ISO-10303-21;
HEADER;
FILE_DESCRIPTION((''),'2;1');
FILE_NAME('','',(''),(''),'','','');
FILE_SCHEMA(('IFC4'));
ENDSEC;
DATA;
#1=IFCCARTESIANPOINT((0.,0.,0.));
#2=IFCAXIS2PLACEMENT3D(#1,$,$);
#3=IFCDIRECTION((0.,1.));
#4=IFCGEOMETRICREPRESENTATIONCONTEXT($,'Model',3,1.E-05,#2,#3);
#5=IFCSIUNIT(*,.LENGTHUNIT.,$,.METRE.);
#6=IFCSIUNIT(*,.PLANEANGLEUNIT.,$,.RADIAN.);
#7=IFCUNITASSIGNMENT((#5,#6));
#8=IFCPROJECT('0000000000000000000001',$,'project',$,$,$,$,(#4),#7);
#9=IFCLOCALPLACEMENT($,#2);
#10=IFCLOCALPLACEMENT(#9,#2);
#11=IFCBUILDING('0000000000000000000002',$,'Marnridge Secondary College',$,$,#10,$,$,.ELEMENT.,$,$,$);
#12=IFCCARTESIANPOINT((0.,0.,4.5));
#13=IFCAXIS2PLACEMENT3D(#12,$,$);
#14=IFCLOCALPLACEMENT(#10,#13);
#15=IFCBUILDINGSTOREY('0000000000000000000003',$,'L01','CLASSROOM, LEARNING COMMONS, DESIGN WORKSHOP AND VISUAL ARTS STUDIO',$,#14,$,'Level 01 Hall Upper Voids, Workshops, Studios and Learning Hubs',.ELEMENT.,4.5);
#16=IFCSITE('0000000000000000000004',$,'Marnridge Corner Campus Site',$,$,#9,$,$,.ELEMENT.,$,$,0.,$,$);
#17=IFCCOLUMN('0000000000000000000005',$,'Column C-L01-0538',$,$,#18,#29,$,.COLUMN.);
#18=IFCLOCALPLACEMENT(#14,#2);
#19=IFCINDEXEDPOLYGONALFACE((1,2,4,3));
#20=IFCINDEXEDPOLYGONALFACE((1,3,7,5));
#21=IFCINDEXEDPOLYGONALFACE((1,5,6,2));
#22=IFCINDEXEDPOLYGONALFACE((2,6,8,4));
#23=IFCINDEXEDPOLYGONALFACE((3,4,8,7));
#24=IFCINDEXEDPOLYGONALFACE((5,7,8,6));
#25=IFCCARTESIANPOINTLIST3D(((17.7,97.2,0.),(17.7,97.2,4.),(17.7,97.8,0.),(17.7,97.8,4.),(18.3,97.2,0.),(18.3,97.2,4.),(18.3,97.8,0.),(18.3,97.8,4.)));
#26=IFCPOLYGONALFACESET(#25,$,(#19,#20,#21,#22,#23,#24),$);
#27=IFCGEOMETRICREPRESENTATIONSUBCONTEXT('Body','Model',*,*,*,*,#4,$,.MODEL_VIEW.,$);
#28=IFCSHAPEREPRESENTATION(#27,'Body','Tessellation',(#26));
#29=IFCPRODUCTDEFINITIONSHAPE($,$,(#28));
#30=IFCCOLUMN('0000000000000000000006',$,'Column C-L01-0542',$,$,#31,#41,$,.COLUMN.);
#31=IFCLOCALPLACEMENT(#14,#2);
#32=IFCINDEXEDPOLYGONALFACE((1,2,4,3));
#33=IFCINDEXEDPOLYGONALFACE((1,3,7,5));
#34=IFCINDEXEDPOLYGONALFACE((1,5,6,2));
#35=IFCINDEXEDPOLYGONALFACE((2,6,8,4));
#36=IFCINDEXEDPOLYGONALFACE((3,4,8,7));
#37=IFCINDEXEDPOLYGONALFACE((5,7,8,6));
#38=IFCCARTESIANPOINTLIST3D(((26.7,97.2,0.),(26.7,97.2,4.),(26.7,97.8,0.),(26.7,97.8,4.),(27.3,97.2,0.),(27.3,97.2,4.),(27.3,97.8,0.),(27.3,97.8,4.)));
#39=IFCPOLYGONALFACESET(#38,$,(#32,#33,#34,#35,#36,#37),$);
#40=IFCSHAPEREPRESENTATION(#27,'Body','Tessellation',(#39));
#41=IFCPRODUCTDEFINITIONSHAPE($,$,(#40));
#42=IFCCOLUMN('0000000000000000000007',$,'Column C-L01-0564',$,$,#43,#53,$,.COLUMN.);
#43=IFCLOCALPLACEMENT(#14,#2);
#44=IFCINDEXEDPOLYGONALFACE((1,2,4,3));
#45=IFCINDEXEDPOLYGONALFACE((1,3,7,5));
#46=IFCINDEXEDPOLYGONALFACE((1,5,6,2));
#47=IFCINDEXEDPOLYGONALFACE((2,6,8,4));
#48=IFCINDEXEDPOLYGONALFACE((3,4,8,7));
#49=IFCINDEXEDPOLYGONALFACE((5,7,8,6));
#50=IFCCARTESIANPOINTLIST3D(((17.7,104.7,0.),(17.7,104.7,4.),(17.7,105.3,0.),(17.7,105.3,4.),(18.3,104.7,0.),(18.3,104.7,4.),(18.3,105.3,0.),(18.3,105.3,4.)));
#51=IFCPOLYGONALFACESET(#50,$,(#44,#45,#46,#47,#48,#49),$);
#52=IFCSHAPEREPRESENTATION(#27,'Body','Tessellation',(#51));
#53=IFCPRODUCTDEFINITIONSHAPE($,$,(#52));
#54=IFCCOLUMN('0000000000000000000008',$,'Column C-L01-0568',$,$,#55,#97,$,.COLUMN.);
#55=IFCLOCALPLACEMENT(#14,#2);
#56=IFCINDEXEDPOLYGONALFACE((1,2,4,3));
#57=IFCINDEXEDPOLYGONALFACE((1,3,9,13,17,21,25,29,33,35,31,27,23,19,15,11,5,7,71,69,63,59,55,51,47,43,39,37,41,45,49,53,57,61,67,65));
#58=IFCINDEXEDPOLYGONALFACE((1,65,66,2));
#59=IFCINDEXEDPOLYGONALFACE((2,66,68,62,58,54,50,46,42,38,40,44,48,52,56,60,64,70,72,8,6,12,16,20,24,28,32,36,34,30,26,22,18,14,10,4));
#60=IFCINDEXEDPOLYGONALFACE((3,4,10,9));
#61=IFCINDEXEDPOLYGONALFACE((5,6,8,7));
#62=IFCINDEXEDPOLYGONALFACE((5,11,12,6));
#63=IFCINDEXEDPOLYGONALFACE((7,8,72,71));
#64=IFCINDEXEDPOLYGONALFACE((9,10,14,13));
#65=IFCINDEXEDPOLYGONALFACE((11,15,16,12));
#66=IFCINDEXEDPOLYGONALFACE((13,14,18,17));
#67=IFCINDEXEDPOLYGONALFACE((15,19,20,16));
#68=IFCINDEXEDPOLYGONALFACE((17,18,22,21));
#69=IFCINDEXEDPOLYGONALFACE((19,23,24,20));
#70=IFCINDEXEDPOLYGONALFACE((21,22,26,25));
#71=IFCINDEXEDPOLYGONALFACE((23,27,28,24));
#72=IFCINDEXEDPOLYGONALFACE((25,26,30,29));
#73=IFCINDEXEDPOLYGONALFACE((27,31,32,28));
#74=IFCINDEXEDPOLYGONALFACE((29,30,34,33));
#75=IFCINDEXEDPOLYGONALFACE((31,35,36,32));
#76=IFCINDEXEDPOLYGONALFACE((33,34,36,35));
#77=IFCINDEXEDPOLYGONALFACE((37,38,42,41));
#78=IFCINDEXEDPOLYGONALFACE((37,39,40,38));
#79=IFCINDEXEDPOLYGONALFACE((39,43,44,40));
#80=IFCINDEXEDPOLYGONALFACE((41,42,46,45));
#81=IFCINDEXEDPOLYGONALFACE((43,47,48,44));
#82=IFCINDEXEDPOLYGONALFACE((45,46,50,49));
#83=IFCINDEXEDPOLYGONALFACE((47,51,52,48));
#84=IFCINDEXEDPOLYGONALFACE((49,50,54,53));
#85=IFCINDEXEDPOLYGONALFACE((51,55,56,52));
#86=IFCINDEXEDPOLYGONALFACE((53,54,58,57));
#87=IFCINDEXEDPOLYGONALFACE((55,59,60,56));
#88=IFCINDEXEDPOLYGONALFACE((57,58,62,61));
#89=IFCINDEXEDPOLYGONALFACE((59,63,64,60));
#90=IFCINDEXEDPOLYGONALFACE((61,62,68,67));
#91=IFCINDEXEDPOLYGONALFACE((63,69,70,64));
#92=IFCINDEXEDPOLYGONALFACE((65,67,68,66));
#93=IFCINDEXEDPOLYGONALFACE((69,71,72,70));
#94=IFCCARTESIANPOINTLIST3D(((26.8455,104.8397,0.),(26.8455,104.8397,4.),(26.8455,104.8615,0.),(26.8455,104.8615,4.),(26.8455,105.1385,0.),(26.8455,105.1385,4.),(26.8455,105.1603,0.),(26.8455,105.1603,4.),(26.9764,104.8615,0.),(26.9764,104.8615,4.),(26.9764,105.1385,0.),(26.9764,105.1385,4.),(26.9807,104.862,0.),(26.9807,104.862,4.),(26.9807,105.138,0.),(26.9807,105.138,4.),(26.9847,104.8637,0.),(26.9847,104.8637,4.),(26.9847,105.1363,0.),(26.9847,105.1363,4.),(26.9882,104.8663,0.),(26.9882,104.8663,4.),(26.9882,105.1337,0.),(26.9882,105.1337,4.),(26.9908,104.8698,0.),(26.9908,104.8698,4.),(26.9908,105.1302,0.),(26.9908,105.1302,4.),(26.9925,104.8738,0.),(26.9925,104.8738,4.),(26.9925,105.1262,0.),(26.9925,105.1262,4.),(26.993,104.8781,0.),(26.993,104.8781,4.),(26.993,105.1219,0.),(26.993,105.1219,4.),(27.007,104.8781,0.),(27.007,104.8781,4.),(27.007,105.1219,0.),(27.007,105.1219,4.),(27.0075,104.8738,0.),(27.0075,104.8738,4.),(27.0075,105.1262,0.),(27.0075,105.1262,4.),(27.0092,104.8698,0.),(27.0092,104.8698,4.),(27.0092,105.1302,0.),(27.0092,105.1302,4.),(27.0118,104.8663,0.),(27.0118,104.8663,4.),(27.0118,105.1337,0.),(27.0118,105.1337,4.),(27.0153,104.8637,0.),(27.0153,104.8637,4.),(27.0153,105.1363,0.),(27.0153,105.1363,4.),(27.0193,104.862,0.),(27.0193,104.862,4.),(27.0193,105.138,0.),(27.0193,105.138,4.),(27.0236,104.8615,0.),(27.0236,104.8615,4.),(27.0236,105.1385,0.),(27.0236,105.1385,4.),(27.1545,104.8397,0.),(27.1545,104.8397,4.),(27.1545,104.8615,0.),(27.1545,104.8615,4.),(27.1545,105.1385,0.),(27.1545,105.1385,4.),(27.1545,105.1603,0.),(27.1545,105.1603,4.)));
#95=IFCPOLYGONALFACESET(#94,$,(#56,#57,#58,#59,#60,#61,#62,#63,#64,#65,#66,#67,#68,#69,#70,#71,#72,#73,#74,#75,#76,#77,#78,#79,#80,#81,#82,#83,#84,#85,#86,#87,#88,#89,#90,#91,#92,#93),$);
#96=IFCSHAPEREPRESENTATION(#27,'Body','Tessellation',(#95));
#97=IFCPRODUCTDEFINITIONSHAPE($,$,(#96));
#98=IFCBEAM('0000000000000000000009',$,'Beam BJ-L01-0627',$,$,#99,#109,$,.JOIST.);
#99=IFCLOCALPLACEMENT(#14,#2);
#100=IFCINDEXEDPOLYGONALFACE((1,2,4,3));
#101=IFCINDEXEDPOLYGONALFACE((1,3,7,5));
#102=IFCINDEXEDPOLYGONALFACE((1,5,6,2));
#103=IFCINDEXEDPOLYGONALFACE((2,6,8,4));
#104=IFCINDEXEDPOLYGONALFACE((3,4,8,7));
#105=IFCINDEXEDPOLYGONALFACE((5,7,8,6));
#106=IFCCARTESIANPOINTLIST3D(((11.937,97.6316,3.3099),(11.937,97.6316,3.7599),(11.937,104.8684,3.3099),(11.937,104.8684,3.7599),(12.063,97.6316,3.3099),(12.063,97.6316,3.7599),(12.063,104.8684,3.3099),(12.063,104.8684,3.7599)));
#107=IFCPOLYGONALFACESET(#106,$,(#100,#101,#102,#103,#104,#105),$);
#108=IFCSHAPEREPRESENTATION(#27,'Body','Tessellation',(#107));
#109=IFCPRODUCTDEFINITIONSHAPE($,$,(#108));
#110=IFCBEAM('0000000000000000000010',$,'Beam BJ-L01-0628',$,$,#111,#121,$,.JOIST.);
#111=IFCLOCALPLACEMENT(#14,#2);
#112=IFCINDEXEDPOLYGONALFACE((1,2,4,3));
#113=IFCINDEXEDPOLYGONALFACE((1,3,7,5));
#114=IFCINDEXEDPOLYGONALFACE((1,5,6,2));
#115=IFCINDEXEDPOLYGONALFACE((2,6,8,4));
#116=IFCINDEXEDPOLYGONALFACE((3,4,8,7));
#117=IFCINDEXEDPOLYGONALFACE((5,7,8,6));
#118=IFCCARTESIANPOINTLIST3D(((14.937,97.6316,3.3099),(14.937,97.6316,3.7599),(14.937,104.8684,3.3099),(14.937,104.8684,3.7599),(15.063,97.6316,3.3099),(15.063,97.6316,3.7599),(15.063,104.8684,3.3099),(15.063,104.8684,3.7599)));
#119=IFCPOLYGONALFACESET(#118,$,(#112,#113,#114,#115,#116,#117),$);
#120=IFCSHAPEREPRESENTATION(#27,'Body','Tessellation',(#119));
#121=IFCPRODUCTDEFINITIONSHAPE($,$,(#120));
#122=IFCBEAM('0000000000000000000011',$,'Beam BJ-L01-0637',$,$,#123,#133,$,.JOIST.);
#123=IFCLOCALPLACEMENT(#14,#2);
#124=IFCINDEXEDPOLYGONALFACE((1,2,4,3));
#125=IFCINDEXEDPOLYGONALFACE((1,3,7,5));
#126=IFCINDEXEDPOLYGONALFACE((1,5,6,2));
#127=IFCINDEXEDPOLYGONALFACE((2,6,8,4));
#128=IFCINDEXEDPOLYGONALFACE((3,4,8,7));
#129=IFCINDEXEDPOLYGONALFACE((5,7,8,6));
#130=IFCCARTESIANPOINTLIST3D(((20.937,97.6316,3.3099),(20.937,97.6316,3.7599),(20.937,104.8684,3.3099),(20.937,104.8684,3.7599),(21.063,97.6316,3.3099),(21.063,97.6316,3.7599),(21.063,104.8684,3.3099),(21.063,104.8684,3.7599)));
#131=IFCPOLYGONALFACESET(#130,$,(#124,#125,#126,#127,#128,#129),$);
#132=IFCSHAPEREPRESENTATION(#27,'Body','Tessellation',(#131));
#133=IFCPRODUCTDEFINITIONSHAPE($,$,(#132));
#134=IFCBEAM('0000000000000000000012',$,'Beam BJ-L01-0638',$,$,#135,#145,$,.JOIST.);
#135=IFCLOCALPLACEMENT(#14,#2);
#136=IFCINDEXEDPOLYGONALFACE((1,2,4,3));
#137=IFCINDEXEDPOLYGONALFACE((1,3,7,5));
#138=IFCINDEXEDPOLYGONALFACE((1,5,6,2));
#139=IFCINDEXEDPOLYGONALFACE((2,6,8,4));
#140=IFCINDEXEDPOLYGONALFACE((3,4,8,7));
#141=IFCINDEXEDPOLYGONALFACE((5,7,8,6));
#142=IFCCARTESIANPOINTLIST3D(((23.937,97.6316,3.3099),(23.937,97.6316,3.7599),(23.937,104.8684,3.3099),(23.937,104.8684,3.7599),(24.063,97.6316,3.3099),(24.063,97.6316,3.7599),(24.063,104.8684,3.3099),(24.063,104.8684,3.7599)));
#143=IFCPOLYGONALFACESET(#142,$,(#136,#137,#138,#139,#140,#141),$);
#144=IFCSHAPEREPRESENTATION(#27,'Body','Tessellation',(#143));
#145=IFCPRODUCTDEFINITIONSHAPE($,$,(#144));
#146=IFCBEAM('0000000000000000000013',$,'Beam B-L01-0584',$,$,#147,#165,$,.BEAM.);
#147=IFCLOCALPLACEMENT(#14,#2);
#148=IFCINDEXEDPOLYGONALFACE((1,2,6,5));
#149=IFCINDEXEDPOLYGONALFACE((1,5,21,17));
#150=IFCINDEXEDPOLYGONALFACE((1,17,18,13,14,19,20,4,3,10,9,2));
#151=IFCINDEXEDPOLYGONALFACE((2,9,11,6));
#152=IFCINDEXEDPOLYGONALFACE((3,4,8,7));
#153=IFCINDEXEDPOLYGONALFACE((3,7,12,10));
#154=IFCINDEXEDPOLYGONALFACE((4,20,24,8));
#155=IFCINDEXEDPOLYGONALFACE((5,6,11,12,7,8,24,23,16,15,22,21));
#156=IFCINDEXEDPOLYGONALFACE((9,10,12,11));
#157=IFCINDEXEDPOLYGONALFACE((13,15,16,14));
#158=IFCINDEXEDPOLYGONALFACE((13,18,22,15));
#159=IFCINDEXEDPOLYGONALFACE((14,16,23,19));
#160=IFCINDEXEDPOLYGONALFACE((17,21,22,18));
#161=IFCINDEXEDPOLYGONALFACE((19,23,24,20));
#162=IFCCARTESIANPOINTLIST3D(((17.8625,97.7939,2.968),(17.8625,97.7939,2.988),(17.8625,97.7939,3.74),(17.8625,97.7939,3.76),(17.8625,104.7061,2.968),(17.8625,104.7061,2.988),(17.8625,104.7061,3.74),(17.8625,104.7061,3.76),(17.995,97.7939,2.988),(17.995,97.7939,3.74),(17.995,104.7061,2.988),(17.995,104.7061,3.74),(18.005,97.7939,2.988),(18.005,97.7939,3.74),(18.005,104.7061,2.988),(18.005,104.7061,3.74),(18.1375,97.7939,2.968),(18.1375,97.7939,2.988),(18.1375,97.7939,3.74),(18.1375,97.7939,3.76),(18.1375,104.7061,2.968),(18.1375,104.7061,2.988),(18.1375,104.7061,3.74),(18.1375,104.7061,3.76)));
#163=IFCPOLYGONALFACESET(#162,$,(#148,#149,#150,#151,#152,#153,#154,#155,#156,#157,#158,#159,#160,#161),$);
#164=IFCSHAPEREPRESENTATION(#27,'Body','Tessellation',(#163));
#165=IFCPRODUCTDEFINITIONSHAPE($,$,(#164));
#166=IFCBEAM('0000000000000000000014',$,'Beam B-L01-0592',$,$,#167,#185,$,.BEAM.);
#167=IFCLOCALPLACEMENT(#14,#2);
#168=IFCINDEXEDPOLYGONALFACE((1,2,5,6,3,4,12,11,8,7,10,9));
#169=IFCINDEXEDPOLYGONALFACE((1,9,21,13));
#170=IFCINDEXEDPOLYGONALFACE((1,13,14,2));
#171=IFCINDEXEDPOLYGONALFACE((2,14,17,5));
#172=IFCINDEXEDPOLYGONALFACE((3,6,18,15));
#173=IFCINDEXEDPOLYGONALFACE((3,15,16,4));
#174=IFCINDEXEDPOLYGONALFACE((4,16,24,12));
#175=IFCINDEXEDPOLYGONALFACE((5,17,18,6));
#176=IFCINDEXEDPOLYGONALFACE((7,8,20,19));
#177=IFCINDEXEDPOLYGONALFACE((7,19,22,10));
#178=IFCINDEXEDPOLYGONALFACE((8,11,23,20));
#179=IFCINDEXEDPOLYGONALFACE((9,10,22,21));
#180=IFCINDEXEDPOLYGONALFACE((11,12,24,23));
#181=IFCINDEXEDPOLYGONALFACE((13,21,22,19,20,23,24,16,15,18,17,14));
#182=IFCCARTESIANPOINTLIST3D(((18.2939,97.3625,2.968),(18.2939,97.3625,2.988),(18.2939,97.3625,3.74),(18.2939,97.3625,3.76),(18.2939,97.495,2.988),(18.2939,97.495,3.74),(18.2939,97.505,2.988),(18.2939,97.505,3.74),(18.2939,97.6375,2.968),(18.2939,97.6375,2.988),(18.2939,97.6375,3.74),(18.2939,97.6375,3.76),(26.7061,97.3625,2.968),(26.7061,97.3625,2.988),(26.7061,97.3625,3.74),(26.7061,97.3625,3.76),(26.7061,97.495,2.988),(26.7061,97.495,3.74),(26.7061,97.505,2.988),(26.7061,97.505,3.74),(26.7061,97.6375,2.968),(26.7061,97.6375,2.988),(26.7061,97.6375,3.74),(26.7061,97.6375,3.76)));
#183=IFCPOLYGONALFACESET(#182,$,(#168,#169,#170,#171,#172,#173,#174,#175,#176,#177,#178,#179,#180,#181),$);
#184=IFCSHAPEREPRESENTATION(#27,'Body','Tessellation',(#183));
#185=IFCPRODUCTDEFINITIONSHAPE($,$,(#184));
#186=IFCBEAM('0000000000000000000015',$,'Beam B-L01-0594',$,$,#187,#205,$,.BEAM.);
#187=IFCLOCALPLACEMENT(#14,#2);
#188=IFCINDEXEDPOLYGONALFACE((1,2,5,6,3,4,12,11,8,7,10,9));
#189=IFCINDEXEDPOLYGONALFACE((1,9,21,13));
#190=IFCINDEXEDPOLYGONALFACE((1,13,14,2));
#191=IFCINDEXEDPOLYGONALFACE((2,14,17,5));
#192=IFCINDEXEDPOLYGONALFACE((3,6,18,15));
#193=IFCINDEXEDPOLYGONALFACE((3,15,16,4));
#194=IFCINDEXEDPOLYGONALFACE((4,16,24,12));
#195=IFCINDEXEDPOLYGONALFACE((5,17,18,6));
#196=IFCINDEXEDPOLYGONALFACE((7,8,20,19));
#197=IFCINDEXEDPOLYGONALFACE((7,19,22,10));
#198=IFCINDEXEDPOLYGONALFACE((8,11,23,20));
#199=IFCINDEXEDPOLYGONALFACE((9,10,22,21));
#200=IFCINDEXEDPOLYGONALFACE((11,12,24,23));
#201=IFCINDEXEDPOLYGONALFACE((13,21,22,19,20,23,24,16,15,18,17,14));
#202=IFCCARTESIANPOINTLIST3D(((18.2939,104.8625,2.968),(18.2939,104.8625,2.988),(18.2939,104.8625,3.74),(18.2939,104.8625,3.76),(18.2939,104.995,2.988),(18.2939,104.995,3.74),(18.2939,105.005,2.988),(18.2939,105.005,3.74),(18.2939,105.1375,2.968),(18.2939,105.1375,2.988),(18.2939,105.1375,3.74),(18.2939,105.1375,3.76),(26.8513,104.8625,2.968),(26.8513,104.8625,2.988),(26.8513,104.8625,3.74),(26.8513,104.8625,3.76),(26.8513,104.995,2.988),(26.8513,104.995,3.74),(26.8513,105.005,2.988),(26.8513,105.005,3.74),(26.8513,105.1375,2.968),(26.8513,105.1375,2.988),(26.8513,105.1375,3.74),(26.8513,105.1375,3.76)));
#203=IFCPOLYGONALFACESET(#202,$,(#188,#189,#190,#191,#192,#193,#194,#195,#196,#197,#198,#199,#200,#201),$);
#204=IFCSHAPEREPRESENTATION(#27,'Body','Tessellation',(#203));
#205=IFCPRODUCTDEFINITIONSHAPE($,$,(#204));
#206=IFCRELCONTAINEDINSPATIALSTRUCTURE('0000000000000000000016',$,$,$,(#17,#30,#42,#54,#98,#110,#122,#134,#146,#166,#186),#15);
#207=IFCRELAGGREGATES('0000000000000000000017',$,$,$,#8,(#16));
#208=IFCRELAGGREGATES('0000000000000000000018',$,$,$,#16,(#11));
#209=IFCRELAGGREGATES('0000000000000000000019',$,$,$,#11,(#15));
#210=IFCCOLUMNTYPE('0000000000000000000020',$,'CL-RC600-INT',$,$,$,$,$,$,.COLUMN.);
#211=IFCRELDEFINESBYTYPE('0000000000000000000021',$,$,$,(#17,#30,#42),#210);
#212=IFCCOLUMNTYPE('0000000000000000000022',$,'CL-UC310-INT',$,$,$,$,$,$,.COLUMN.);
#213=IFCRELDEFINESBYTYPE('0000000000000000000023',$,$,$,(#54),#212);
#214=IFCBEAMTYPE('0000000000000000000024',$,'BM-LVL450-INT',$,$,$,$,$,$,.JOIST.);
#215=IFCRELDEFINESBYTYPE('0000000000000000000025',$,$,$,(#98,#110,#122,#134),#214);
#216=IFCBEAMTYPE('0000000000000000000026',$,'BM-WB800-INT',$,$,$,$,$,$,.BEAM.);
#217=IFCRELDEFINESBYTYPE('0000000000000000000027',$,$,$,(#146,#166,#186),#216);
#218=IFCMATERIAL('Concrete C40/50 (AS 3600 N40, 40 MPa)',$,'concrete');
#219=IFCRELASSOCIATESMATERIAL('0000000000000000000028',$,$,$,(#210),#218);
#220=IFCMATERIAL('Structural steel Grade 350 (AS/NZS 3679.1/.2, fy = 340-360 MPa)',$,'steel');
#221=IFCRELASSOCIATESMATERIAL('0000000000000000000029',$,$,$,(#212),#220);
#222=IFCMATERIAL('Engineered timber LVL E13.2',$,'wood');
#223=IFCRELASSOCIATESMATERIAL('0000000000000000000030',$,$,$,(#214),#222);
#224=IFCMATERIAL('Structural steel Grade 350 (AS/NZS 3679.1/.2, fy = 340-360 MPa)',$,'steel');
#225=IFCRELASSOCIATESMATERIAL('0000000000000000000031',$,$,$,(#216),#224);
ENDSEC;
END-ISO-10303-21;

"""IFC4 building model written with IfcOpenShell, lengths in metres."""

from ifc_helpers import new_model, si_unit, direction, frame, origin, origin_2d, place, context, subcontext, project, spatial, rectangle, i_section, extrude, material, material_profile, profile_set, type_object, element, save


model = new_model("IFC4")

# Units and contexts
model_context = context("Model", 3, precision=1e-05, world=origin(), true_north=direction((0.0, 1.0)))
body_context = subcontext(model_context, "Body", "Model", "MODEL_VIEW")
ifc_project = project(units=[si_unit("LENGTHUNIT", "METRE"), si_unit("PLANEANGLEUNIT", "RADIAN")], contexts=[model_context])

# Site, building, storey
site_placement = place(None, origin())
site = spatial("IfcSite", under=ifc_project, at=site_placement, Name="Marnridge Corner Campus Site", CompositionType="ELEMENT", RefElevation=0.0)
building_placement = place(site_placement, origin())
building = spatial("IfcBuilding", under=site, at=building_placement, Name="Marnridge Secondary College", CompositionType="ELEMENT")
storey_placement = place(building_placement, frame((0.0, 0.0, 4.5)))
storey = spatial("IfcBuildingStorey", under=building, at=storey_placement, Name="L01", Description="CLASSROOM, LEARNING COMMONS, DESIGN WORKSHOP AND VISUAL ARTS STUDIO", LongName="Level 01 Hall Upper Voids, Workshops, Studios and Learning Hubs", CompositionType="ELEMENT", Elevation=4.5)

# Columns
ifc_material_1 = material(Name="Concrete C40/50 (AS 3600 N40, 40 MPa)", Category="concrete")
ifc_material_profile_1 = material_profile(ifc_material_1, rectangle(XDim=0.6001, YDim=0.6001, at=origin_2d()), Name="RC 600x600")
ifc_profile_set_1 = profile_set([ifc_material_profile_1], Name="Concrete C40/50 (AS 3600 N40, 40 MPa)")
column_type_1 = type_object("IfcColumnType", Name="CL-RC600-INT", PredefinedType="COLUMN", material=ifc_profile_set_1)
for number, where, z_axis, x_axis, name in (
    (1, (18.0, 97.5, 0.0), (0.0, 0.0, 1.0), (1.0, 0.0, 0.0), "Column C-L01-0538"),
    (2, (27.0, 97.5, 0.0), (0.0, 0.0, 1.0), (1.0, 0.0, 0.0), "Column C-L01-0542"),
    (3, (18.0, 105.0, 0.0), (0.0, 0.0, 1.0), (1.0, 0.0, 0.0), "Column C-L01-0564"),
):
    element("IfcColumn", number, at=place(storey_placement, frame(where, z_axis=z_axis, x_axis=x_axis)), inside=storey, type_object=column_type_1, Name=name, PredefinedType="COLUMN", context=body_context, shape_type="SweptSolid", body=[
        extrude(rectangle(XDim=0.6001, YDim=0.6001, at=origin_2d()), origin(), (0.0, 0.0, 1.0), 4.0),
    ])
ifc_material_2 = material(Name="Structural steel Grade 350 (AS/NZS 3679.1/.2, fy = 340-360 MPa)", Category="steel")
ifc_material_profile_2 = material_profile(ifc_material_2, i_section(OverallWidth=0.3091, OverallDepth=0.3206, WebThickness=0.0139, FlangeThickness=0.0217, FilletRadius=0.0166, at=origin_2d()), Name="310UC137")
ifc_profile_set_2 = profile_set([ifc_material_profile_2], Name="Structural steel Grade 350 (AS/NZS 3679.1/.2, fy = 340-360 MPa)")
column_type_2 = type_object("IfcColumnType", Name="CL-UC310-INT", PredefinedType="COLUMN", material=ifc_profile_set_2)
column_placement = place(storey_placement, frame((27.0, 105.0, 0.0), z_axis=(0.0, 0.0, 1.0), x_axis=(1.0, 0.0, 0.0)))
element("IfcColumn", 4, at=column_placement, inside=storey, type_object=column_type_2, Name="Column C-L01-0568", PredefinedType="COLUMN", context=body_context, shape_type="SweptSolid", body=[
    extrude(i_section(OverallWidth=0.3091, OverallDepth=0.3206, WebThickness=0.0139, FlangeThickness=0.0217, FilletRadius=0.0166, at=origin_2d()), origin(), (0.0, 0.0, 1.0), 4.0),
])

# Beams
ifc_material_3 = material(Name="Engineered timber LVL E13.2", Category="wood")
ifc_material_profile_3 = material_profile(ifc_material_3, rectangle(XDim=0.126, YDim=0.45, at=origin_2d()), Name="LVL 126x450")
ifc_profile_set_3 = profile_set([ifc_material_profile_3], Name="Engineered timber LVL E13.2")
beam_type_1 = type_object("IfcBeamType", Name="BM-LVL450-INT", PredefinedType="JOIST", material=ifc_profile_set_3)
for number, where, z_axis, x_axis, name in (
    (5, (12.0, 97.6316, 3.5349), (0.0, 1.0, 0.0), (-1.0, 0.0, 0.0), "Beam BJ-L01-0627"),
    (6, (15.0, 97.6316, 3.5349), (0.0, 1.0, 0.0), (-1.0, 0.0, 0.0), "Beam BJ-L01-0628"),
    (7, (21.0, 97.6316, 3.5349), (0.0, 1.0, 0.0), (-1.0, 0.0, 0.0), "Beam BJ-L01-0637"),
    (8, (24.0, 97.6316, 3.5349), (0.0, 1.0, 0.0), (-1.0, 0.0, 0.0), "Beam BJ-L01-0638"),
):
    element("IfcBeam", number, at=place(storey_placement, frame(where, z_axis=z_axis, x_axis=x_axis)), inside=storey, type_object=beam_type_1, Name=name, PredefinedType="JOIST", context=body_context, shape_type="SweptSolid", body=[
        extrude(rectangle(XDim=0.126, YDim=0.45, at=origin_2d()), origin(), (0.0, 0.0, 1.0), 7.2368),
    ])
ifc_material_4 = material(Name="Structural steel Grade 350 (AS/NZS 3679.1/.2, fy = 340-360 MPa)", Category="steel")
ifc_material_profile_4 = material_profile(ifc_material_4, i_section(OverallWidth=0.2749, OverallDepth=0.792, WebThickness=0.01, FlangeThickness=0.02, at=origin_2d()), Name="800WB146")
ifc_profile_set_4 = profile_set([ifc_material_profile_4], Name="Structural steel Grade 350 (AS/NZS 3679.1/.2, fy = 340-360 MPa)")
beam_type_2 = type_object("IfcBeamType", Name="BM-WB800-INT", PredefinedType="BEAM", material=ifc_profile_set_4)
beam_1_placement = place(storey_placement, frame((18.0, 97.7939, 3.364), z_axis=(0.0, 1.0, 0.0), x_axis=(-1.0, 0.0, 0.0)))
element("IfcBeam", 9, at=beam_1_placement, inside=storey, type_object=beam_type_2, Name="Beam B-L01-0584", PredefinedType="BEAM", context=body_context, shape_type="SweptSolid", body=[
    extrude(i_section(OverallWidth=0.2749, OverallDepth=0.792, WebThickness=0.01, FlangeThickness=0.02, at=origin_2d()), origin(), (0.0, 0.0, 1.0), 6.9121),
])
beam_2_placement = place(storey_placement, frame((18.2939, 97.5, 3.364), z_axis=(1.0, 0.0, 0.0), x_axis=(0.0, 1.0, 0.0)))
element("IfcBeam", 10, at=beam_2_placement, inside=storey, type_object=beam_type_2, Name="Beam B-L01-0592", PredefinedType="BEAM", context=body_context, shape_type="SweptSolid", body=[
    extrude(i_section(OverallWidth=0.2749, OverallDepth=0.792, WebThickness=0.01, FlangeThickness=0.02, at=origin_2d()), origin(), (0.0, 0.0, 1.0), 8.4121),
])
beam_3_placement = place(storey_placement, frame((18.2939, 105.0, 3.364), z_axis=(1.0, 0.0, 0.0), x_axis=(0.0, 1.0, 0.0)))
element("IfcBeam", 11, at=beam_3_placement, inside=storey, type_object=beam_type_2, Name="Beam B-L01-0594", PredefinedType="BEAM", context=body_context, shape_type="SweptSolid", body=[
    extrude(i_section(OverallWidth=0.2749, OverallDepth=0.792, WebThickness=0.01, FlangeThickness=0.02, at=origin_2d()), origin(), (0.0, 0.0, 1.0), 8.5574),
])

save(model, "model.ifc")
